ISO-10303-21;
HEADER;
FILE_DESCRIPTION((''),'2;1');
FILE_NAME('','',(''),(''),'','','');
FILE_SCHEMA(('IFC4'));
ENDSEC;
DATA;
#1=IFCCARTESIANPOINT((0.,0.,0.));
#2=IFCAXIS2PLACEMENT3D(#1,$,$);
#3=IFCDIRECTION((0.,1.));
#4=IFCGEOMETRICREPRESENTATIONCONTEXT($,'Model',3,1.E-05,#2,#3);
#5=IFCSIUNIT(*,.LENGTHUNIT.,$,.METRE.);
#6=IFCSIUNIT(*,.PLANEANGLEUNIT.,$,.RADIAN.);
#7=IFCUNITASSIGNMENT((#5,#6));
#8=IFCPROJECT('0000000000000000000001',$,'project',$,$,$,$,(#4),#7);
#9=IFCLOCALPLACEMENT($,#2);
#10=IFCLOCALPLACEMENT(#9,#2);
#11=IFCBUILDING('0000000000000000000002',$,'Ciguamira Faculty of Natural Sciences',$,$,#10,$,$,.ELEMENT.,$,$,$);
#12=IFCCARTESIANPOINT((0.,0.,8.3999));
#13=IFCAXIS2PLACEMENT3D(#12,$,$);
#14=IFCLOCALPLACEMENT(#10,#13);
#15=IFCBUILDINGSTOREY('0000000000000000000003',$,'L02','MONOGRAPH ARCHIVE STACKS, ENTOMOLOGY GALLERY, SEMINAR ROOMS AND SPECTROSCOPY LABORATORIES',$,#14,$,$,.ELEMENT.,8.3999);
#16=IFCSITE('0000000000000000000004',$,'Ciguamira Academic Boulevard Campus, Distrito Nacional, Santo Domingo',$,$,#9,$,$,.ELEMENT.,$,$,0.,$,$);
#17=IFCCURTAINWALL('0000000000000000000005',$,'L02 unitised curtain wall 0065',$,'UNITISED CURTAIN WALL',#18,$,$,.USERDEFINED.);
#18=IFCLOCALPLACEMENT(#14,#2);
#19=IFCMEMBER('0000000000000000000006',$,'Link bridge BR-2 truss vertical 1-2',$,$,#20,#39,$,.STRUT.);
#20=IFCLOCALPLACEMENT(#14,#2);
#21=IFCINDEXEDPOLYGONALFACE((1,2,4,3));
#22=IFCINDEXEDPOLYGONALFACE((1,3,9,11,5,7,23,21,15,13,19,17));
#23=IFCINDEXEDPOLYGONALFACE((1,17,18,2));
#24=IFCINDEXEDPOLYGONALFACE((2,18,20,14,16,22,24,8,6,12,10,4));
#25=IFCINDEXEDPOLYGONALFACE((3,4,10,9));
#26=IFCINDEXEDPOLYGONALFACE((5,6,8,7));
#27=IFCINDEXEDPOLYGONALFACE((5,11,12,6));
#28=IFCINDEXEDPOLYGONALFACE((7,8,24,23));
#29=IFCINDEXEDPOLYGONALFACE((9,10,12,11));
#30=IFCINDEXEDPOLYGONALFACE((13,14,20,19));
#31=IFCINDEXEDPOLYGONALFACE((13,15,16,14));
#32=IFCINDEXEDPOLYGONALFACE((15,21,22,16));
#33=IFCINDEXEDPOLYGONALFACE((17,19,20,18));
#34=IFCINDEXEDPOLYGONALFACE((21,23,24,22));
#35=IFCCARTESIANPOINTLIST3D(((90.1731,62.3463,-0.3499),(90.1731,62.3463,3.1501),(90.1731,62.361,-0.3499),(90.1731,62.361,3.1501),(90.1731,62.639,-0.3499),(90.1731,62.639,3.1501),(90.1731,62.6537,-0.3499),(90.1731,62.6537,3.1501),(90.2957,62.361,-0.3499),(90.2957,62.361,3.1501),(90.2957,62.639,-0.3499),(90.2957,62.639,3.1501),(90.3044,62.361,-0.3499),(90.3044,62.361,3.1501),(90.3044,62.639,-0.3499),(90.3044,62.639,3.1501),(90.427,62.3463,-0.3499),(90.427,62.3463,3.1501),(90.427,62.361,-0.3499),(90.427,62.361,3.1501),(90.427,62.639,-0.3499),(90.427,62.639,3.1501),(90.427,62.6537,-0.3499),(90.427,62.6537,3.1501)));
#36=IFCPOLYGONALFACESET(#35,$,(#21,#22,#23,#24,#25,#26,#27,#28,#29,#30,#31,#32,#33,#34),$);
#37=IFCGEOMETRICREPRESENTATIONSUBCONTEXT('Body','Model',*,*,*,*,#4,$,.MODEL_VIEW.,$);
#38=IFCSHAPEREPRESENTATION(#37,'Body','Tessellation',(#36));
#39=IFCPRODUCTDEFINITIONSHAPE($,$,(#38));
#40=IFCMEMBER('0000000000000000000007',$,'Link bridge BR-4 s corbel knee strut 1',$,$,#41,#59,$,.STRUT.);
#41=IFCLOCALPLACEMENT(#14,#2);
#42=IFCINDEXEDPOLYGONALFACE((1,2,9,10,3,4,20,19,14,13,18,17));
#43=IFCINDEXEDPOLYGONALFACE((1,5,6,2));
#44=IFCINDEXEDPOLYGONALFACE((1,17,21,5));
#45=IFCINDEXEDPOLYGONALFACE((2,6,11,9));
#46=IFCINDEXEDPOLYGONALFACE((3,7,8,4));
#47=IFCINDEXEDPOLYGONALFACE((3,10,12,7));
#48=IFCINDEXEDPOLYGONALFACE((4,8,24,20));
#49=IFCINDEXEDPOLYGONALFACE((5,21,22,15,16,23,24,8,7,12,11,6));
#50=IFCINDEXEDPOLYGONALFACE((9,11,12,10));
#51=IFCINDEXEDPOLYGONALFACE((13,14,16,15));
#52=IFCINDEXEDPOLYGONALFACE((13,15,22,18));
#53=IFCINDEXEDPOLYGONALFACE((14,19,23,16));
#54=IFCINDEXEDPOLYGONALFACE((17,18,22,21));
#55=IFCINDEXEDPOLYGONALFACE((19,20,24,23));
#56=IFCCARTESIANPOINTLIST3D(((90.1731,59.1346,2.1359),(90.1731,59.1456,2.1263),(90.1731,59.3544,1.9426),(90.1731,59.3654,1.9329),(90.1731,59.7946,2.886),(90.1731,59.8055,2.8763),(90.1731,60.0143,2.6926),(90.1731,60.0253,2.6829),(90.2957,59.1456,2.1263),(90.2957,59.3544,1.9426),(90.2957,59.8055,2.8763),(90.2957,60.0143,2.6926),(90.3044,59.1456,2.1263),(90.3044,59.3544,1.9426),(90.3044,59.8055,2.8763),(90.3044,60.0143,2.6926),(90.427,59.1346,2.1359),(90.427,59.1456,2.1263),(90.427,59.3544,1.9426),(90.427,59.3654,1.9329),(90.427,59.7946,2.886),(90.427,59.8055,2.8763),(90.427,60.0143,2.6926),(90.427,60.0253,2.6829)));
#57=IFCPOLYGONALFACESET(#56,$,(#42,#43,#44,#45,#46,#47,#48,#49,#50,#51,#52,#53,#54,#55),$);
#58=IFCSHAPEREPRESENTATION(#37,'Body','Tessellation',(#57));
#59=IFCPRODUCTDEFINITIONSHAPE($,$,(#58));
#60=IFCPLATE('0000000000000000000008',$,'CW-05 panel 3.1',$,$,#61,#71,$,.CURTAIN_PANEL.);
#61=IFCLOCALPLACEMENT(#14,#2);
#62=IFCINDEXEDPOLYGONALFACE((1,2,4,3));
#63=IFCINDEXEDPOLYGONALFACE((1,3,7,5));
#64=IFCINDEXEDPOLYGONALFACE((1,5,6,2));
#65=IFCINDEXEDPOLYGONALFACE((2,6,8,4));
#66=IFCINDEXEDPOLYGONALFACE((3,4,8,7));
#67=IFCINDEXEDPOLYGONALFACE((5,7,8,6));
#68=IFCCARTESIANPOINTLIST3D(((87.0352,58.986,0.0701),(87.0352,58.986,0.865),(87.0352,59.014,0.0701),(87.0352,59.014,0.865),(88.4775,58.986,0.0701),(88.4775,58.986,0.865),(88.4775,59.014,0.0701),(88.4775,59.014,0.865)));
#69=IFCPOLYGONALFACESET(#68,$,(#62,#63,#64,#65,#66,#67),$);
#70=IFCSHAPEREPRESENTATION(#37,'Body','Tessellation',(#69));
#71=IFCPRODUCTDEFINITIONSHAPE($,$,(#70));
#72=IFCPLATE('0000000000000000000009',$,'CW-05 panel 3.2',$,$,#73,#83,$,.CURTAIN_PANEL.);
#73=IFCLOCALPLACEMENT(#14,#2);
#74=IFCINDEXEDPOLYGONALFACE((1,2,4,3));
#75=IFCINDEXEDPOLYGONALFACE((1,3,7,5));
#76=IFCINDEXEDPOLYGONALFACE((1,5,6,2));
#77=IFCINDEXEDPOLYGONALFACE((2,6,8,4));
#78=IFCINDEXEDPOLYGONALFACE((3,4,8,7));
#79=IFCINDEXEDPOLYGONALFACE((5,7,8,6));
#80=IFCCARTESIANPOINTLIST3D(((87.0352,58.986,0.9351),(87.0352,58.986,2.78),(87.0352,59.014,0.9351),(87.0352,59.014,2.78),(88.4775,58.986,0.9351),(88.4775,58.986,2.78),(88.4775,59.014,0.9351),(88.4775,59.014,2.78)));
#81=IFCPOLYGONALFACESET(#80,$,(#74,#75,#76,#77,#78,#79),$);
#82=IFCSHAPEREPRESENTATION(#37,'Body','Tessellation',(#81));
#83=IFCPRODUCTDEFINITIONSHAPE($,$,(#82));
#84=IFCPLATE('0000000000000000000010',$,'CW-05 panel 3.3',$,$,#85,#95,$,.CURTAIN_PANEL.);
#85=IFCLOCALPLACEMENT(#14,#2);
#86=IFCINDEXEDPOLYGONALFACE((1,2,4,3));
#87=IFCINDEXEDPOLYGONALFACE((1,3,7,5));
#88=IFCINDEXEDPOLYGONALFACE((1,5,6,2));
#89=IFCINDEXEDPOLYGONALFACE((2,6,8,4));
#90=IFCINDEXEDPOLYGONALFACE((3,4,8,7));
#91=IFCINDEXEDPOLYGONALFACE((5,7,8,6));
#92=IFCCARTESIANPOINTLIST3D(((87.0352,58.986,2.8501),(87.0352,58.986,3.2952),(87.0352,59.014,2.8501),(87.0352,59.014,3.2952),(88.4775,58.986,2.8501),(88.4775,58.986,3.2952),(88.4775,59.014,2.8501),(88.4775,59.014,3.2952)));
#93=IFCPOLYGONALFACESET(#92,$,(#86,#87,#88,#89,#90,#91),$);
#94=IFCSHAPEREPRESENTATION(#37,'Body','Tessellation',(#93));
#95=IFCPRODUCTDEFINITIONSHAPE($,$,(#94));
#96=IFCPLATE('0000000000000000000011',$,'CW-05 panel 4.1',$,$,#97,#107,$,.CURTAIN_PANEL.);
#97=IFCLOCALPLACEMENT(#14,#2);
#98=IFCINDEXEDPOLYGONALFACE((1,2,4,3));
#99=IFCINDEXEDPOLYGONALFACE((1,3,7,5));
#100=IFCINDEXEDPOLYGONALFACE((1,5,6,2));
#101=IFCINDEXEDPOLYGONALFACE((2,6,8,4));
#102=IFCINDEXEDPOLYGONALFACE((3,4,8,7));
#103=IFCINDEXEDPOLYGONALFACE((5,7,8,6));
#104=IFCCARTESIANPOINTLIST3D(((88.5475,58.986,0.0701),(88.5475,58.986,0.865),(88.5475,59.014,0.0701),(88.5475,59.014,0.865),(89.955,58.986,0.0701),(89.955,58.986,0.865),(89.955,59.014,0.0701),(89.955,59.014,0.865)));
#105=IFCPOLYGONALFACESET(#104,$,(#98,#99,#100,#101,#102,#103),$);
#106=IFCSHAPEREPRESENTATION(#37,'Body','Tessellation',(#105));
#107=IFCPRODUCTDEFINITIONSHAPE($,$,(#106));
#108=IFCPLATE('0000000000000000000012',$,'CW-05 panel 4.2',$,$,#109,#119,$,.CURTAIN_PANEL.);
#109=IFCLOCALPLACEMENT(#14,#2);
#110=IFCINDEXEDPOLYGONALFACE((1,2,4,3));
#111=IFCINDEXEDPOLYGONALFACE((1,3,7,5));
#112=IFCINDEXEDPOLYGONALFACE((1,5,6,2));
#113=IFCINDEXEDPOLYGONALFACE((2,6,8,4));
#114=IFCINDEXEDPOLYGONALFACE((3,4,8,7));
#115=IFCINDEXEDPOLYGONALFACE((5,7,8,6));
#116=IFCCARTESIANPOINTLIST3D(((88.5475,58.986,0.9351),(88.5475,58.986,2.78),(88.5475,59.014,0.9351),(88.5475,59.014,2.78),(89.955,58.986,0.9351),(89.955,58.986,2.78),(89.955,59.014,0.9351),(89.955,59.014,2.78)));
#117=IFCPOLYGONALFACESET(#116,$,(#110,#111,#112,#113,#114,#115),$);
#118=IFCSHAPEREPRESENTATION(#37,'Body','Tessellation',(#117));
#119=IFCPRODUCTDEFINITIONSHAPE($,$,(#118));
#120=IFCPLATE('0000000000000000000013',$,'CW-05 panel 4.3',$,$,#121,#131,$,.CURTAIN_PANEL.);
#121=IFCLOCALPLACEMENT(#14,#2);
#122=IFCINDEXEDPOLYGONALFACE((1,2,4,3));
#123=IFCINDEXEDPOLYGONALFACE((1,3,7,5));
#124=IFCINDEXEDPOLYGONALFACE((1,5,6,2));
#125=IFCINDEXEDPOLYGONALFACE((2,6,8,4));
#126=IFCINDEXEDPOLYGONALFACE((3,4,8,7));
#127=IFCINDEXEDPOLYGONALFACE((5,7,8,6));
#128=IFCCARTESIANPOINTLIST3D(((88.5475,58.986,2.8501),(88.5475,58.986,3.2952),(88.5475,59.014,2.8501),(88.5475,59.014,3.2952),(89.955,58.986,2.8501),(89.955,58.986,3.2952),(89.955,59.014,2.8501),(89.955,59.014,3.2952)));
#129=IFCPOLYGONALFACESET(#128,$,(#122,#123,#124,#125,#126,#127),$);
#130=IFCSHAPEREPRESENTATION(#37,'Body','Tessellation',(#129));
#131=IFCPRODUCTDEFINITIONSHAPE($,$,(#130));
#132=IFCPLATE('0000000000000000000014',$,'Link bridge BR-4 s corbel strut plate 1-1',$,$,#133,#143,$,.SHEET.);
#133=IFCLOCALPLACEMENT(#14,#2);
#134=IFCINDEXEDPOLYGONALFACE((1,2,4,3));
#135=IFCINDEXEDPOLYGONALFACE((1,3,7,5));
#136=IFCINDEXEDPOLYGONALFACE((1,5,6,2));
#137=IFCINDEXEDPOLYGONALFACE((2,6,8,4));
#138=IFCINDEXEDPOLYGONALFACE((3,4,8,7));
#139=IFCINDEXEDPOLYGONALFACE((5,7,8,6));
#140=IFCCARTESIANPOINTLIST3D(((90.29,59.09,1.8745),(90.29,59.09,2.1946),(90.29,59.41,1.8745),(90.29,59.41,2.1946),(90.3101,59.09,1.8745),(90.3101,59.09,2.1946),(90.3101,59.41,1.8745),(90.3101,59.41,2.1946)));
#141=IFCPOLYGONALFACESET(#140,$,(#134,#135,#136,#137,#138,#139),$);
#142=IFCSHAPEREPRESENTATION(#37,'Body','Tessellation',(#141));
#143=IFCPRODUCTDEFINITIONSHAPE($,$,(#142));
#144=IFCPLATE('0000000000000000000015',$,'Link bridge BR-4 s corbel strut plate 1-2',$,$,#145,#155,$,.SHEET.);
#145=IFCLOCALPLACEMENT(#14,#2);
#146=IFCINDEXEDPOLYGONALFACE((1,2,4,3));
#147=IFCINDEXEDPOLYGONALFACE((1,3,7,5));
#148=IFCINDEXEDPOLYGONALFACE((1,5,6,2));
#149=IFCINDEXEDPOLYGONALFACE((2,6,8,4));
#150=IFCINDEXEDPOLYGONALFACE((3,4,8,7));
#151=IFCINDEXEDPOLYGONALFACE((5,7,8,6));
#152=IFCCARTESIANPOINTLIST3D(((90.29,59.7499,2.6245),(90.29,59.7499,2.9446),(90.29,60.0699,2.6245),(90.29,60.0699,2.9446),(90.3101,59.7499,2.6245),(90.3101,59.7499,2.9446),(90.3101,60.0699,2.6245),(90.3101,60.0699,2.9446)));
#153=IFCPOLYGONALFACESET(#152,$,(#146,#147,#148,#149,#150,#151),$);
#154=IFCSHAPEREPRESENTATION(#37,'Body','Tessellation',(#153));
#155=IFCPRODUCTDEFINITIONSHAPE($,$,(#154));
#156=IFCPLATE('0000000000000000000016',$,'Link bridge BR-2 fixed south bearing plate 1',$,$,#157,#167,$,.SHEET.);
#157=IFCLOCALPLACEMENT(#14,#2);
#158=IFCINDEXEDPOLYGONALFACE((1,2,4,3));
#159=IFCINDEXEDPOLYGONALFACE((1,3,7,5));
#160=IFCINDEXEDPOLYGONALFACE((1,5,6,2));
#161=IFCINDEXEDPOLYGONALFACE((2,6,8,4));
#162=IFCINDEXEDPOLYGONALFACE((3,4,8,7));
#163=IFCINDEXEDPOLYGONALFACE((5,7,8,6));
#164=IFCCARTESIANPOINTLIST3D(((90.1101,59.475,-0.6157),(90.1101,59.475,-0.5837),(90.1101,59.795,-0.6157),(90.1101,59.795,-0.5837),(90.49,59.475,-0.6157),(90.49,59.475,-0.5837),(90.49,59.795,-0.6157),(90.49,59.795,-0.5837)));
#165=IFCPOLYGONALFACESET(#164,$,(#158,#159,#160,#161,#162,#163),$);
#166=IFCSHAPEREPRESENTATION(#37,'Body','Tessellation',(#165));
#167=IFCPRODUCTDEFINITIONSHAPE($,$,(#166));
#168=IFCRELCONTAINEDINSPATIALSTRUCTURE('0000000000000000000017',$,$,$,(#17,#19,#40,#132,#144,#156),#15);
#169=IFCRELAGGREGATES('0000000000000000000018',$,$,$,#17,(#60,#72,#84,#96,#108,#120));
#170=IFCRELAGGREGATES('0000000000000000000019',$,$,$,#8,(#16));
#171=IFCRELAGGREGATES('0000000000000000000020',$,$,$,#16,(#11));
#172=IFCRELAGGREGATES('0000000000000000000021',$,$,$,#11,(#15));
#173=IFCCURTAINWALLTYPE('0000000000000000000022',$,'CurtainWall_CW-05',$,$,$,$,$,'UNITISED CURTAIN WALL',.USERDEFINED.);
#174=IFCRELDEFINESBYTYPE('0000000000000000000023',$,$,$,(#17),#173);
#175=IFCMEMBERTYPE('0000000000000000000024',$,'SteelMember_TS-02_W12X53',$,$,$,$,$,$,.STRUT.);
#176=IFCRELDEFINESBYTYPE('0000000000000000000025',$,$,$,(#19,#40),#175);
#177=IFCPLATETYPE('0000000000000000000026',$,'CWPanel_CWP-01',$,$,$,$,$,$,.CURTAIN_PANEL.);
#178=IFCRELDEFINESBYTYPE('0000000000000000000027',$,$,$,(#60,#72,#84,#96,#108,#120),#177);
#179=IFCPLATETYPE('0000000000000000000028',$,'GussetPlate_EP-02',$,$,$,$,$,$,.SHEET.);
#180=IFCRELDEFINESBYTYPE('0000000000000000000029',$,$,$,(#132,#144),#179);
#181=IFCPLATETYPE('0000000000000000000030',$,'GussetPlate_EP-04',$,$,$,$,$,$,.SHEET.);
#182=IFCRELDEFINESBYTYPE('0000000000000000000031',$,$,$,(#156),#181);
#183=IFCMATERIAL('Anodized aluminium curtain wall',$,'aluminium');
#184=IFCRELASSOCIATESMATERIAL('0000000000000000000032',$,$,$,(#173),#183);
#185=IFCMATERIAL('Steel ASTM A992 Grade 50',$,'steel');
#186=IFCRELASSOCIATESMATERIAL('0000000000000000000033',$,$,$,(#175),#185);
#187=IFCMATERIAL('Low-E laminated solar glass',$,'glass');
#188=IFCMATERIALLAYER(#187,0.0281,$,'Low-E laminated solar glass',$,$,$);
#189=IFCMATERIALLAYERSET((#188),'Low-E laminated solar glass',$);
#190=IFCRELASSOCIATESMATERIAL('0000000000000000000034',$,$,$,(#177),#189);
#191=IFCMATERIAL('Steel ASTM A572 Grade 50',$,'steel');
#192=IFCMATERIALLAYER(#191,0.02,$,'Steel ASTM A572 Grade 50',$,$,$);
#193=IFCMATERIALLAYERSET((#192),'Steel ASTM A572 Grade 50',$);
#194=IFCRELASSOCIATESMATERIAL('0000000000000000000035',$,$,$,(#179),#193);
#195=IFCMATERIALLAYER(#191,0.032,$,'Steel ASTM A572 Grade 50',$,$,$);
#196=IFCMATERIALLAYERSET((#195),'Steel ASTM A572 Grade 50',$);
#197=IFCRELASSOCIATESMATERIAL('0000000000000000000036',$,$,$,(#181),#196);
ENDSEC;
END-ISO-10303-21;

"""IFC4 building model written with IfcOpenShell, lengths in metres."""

from ifc_helpers import new_model, si_unit, direction, frame, origin, origin_2d, place, context, subcontext, project, spatial, rectangle, i_section, extrude, material, layer, layer_set, material_profile, profile_set, type_object, element, aggregate, save


model = new_model("IFC4")

# Units and contexts
model_context = context("Model", 3, precision=1e-05, world=origin(), true_north=direction((0.0, 1.0)))
body_context = subcontext(model_context, "Body", "Model", "MODEL_VIEW")
ifc_project = project(units=[si_unit("LENGTHUNIT", "METRE"), si_unit("PLANEANGLEUNIT", "RADIAN")], contexts=[model_context])

# Site, building, storey
site_placement = place(None, origin())
site = spatial("IfcSite", under=ifc_project, at=site_placement, Name="Ciguamira Academic Boulevard Campus, Distrito Nacional, Santo Domingo", CompositionType="ELEMENT", RefElevation=0.0)
building_placement = place(site_placement, origin())
building = spatial("IfcBuilding", under=site, at=building_placement, Name="Ciguamira Faculty of Natural Sciences", CompositionType="ELEMENT")
storey_placement = place(building_placement, frame((0.0, 0.0, 8.3999)))
storey = spatial("IfcBuildingStorey", under=building, at=storey_placement, Name="L02", Description="MONOGRAPH ARCHIVE STACKS, ENTOMOLOGY GALLERY, SEMINAR ROOMS AND SPECTROSCOPY LABORATORIES", CompositionType="ELEMENT", Elevation=8.3999)

# Curtain wall
ifc_material_1 = material(Name="Anodized aluminium curtain wall", Category="aluminium")
curtain_wall_type = type_object("IfcCurtainWallType", Name="CurtainWall_CW-05", ElementType="UNITISED CURTAIN WALL", PredefinedType="USERDEFINED", material=ifc_material_1)
curtain_wall_placement = place(storey_placement, origin())
curtain_wall = element("IfcCurtainWall", 1, at=curtain_wall_placement, inside=storey, type_object=curtain_wall_type, Name="L02 unitised curtain wall 0065", ObjectType="UNITISED CURTAIN WALL", PredefinedType="USERDEFINED")

# Members
ifc_material_2 = material(Name="Steel ASTM A992 Grade 50", Category="steel")
ifc_material_profile_1 = material_profile(ifc_material_2, i_section(OverallWidth=0.2539, OverallDepth=0.3074, WebThickness=0.0088, FlangeThickness=0.0146, at=origin_2d()), Name="W12X53")
ifc_profile_set_1 = profile_set([ifc_material_profile_1], Name="Steel ASTM A992 Grade 50")
member_type_1 = type_object("IfcMemberType", Name="SteelMember_TS-02_W12X53", PredefinedType="STRUT", material=ifc_profile_set_1)
member_1_placement = place(storey_placement, frame((90.3, 62.5, -0.3499), z_axis=(0.0, 0.0, 1.0), x_axis=(1.0, 0.0, 0.0)))
element("IfcMember", 2, at=member_1_placement, inside=storey, type_object=member_type_1, Name="Link bridge BR-2 truss vertical 1-2", PredefinedType="STRUT", context=body_context, shape_type="SweptSolid", body=[
    extrude(i_section(OverallWidth=0.2539, OverallDepth=0.3074, WebThickness=0.0088, FlangeThickness=0.0146, at=origin_2d()), origin(), (0.0, 0.0, 1.0), 3.5),
])
member_2_placement = place(storey_placement, frame((90.3, 59.25, 2.0344), z_axis=(0.0, 0.660578, 0.750757), x_axis=(-1.0, 0.0, 0.0)))
element("IfcMember", 3, at=member_2_placement, inside=storey, type_object=member_type_1, Name="Link bridge BR-4 s corbel knee strut 1", PredefinedType="STRUT", context=body_context, shape_type="SweptSolid", body=[
    extrude(i_section(OverallWidth=0.2539, OverallDepth=0.3074, WebThickness=0.0088, FlangeThickness=0.0146, at=origin_2d()), origin(), (0.0, 0.0, 1.0), 0.999),
])

# Plates
ifc_material_3 = material(Name="Low-E laminated solar glass", Category="glass")
ifc_layer_1 = layer(ifc_material_3, 0.0281, Name="Low-E laminated solar glass")
ifc_layer_set_1 = layer_set([ifc_layer_1], Name="Low-E laminated solar glass")
plate_type_1 = type_object("IfcPlateType", Name="CWPanel_CWP-01", PredefinedType="CURTAIN_PANEL", material=ifc_layer_set_1)
plate_1_placement = place(storey_placement, frame((87.7563, 59.0, 0.0701), z_axis=(0.0, 0.0, 1.0), x_axis=(1.0, 0.0, 0.0)))
plate_1 = element("IfcPlate", 4, at=plate_1_placement, type_object=plate_type_1, Name="CW-05 panel 3.1", PredefinedType="CURTAIN_PANEL", context=body_context, shape_type="SweptSolid", body=[
    extrude(rectangle(XDim=1.4424, YDim=0.0281, at=origin_2d()), origin(), (0.0, 0.0, 1.0), 0.7949),
])
plate_2_placement = place(storey_placement, frame((87.7563, 59.0, 0.9351), z_axis=(0.0, 0.0, 1.0), x_axis=(1.0, 0.0, 0.0)))
plate_2 = element("IfcPlate", 5, at=plate_2_placement, type_object=plate_type_1, Name="CW-05 panel 3.2", PredefinedType="CURTAIN_PANEL", context=body_context, shape_type="SweptSolid", body=[
    extrude(rectangle(XDim=1.4424, YDim=0.0281, at=origin_2d()), origin(), (0.0, 0.0, 1.0), 1.845),
])
plate_3_placement = place(storey_placement, frame((87.7563, 59.0, 2.8501), z_axis=(0.0, 0.0, 1.0), x_axis=(1.0, 0.0, 0.0)))
plate_3 = element("IfcPlate", 6, at=plate_3_placement, type_object=plate_type_1, Name="CW-05 panel 3.3", PredefinedType="CURTAIN_PANEL", context=body_context, shape_type="SweptSolid", body=[
    extrude(rectangle(XDim=1.4424, YDim=0.0281, at=origin_2d()), origin(), (0.0, 0.0, 1.0), 0.4451),
])
plate_4_placement = place(storey_placement, frame((89.2512, 59.0, 0.0701), z_axis=(0.0, 0.0, 1.0), x_axis=(1.0, 0.0, 0.0)))
plate_4 = element("IfcPlate", 7, at=plate_4_placement, type_object=plate_type_1, Name="CW-05 panel 4.1", PredefinedType="CURTAIN_PANEL", context=body_context, shape_type="SweptSolid", body=[
    extrude(rectangle(XDim=1.4075, YDim=0.0281, at=origin_2d()), origin(), (0.0, 0.0, 1.0), 0.7949),
])
plate_5_placement = place(storey_placement, frame((89.2512, 59.0, 0.9351), z_axis=(0.0, 0.0, 1.0), x_axis=(1.0, 0.0, 0.0)))
plate_5 = element("IfcPlate", 8, at=plate_5_placement, type_object=plate_type_1, Name="CW-05 panel 4.2", PredefinedType="CURTAIN_PANEL", context=body_context, shape_type="SweptSolid", body=[
    extrude(rectangle(XDim=1.4075, YDim=0.0281, at=origin_2d()), origin(), (0.0, 0.0, 1.0), 1.845),
])
plate_6_placement = place(storey_placement, frame((89.2512, 59.0, 2.8501), z_axis=(0.0, 0.0, 1.0), x_axis=(1.0, 0.0, 0.0)))
plate_6 = element("IfcPlate", 9, at=plate_6_placement, type_object=plate_type_1, Name="CW-05 panel 4.3", PredefinedType="CURTAIN_PANEL", context=body_context, shape_type="SweptSolid", body=[
    extrude(rectangle(XDim=1.4075, YDim=0.0281, at=origin_2d()), origin(), (0.0, 0.0, 1.0), 0.4451),
])
aggregate(curtain_wall, [plate_1, plate_2, plate_3, plate_4, plate_5, plate_6])

# Plates
ifc_material_4 = material(Name="Steel ASTM A572 Grade 50", Category="steel")
ifc_layer_2 = layer(ifc_material_4, 0.02, Name="Steel ASTM A572 Grade 50")
ifc_layer_set_2 = layer_set([ifc_layer_2], Name="Steel ASTM A572 Grade 50")
plate_type_2 = type_object("IfcPlateType", Name="GussetPlate_EP-02", PredefinedType="SHEET", material=ifc_layer_set_2)
for number, where, z_axis, x_axis, name in (
    (10, (90.3, 59.25, 1.8745), (0.0, 0.0, 1.0), (1.0, 0.0, 0.0), "Link bridge BR-4 s corbel strut plate 1-1"),
    (11, (90.3, 59.9099, 2.6245), (0.0, 0.0, 1.0), (1.0, 0.0, 0.0), "Link bridge BR-4 s corbel strut plate 1-2"),
):
    element("IfcPlate", number, at=place(storey_placement, frame(where, z_axis=z_axis, x_axis=x_axis)), inside=storey, type_object=plate_type_2, Name=name, PredefinedType="SHEET", context=body_context, shape_type="SweptSolid", body=[
        extrude(rectangle(XDim=0.02, YDim=0.3201, at=origin_2d()), origin(), (0.0, 0.0, 1.0), 0.3201),
    ])
ifc_layer_3 = layer(ifc_material_4, 0.032, Name="Steel ASTM A572 Grade 50")
ifc_layer_set_3 = layer_set([ifc_layer_3], Name="Steel ASTM A572 Grade 50")
plate_type_3 = type_object("IfcPlateType", Name="GussetPlate_EP-04", PredefinedType="SHEET", material=ifc_layer_set_3)
plate_7_placement = place(storey_placement, frame((90.3, 59.635, -0.6157), z_axis=(0.0, 0.0, 1.0), x_axis=(1.0, 0.0, 0.0)))
element("IfcPlate", 12, at=plate_7_placement, inside=storey, type_object=plate_type_3, Name="Link bridge BR-2 fixed south bearing plate 1", PredefinedType="SHEET", context=body_context, shape_type="SweptSolid", body=[
    extrude(rectangle(XDim=0.3799, YDim=0.3201, at=origin_2d()), origin(), (0.0, 0.0, 1.0), 0.032),
])

save(model, "model.ifc")
